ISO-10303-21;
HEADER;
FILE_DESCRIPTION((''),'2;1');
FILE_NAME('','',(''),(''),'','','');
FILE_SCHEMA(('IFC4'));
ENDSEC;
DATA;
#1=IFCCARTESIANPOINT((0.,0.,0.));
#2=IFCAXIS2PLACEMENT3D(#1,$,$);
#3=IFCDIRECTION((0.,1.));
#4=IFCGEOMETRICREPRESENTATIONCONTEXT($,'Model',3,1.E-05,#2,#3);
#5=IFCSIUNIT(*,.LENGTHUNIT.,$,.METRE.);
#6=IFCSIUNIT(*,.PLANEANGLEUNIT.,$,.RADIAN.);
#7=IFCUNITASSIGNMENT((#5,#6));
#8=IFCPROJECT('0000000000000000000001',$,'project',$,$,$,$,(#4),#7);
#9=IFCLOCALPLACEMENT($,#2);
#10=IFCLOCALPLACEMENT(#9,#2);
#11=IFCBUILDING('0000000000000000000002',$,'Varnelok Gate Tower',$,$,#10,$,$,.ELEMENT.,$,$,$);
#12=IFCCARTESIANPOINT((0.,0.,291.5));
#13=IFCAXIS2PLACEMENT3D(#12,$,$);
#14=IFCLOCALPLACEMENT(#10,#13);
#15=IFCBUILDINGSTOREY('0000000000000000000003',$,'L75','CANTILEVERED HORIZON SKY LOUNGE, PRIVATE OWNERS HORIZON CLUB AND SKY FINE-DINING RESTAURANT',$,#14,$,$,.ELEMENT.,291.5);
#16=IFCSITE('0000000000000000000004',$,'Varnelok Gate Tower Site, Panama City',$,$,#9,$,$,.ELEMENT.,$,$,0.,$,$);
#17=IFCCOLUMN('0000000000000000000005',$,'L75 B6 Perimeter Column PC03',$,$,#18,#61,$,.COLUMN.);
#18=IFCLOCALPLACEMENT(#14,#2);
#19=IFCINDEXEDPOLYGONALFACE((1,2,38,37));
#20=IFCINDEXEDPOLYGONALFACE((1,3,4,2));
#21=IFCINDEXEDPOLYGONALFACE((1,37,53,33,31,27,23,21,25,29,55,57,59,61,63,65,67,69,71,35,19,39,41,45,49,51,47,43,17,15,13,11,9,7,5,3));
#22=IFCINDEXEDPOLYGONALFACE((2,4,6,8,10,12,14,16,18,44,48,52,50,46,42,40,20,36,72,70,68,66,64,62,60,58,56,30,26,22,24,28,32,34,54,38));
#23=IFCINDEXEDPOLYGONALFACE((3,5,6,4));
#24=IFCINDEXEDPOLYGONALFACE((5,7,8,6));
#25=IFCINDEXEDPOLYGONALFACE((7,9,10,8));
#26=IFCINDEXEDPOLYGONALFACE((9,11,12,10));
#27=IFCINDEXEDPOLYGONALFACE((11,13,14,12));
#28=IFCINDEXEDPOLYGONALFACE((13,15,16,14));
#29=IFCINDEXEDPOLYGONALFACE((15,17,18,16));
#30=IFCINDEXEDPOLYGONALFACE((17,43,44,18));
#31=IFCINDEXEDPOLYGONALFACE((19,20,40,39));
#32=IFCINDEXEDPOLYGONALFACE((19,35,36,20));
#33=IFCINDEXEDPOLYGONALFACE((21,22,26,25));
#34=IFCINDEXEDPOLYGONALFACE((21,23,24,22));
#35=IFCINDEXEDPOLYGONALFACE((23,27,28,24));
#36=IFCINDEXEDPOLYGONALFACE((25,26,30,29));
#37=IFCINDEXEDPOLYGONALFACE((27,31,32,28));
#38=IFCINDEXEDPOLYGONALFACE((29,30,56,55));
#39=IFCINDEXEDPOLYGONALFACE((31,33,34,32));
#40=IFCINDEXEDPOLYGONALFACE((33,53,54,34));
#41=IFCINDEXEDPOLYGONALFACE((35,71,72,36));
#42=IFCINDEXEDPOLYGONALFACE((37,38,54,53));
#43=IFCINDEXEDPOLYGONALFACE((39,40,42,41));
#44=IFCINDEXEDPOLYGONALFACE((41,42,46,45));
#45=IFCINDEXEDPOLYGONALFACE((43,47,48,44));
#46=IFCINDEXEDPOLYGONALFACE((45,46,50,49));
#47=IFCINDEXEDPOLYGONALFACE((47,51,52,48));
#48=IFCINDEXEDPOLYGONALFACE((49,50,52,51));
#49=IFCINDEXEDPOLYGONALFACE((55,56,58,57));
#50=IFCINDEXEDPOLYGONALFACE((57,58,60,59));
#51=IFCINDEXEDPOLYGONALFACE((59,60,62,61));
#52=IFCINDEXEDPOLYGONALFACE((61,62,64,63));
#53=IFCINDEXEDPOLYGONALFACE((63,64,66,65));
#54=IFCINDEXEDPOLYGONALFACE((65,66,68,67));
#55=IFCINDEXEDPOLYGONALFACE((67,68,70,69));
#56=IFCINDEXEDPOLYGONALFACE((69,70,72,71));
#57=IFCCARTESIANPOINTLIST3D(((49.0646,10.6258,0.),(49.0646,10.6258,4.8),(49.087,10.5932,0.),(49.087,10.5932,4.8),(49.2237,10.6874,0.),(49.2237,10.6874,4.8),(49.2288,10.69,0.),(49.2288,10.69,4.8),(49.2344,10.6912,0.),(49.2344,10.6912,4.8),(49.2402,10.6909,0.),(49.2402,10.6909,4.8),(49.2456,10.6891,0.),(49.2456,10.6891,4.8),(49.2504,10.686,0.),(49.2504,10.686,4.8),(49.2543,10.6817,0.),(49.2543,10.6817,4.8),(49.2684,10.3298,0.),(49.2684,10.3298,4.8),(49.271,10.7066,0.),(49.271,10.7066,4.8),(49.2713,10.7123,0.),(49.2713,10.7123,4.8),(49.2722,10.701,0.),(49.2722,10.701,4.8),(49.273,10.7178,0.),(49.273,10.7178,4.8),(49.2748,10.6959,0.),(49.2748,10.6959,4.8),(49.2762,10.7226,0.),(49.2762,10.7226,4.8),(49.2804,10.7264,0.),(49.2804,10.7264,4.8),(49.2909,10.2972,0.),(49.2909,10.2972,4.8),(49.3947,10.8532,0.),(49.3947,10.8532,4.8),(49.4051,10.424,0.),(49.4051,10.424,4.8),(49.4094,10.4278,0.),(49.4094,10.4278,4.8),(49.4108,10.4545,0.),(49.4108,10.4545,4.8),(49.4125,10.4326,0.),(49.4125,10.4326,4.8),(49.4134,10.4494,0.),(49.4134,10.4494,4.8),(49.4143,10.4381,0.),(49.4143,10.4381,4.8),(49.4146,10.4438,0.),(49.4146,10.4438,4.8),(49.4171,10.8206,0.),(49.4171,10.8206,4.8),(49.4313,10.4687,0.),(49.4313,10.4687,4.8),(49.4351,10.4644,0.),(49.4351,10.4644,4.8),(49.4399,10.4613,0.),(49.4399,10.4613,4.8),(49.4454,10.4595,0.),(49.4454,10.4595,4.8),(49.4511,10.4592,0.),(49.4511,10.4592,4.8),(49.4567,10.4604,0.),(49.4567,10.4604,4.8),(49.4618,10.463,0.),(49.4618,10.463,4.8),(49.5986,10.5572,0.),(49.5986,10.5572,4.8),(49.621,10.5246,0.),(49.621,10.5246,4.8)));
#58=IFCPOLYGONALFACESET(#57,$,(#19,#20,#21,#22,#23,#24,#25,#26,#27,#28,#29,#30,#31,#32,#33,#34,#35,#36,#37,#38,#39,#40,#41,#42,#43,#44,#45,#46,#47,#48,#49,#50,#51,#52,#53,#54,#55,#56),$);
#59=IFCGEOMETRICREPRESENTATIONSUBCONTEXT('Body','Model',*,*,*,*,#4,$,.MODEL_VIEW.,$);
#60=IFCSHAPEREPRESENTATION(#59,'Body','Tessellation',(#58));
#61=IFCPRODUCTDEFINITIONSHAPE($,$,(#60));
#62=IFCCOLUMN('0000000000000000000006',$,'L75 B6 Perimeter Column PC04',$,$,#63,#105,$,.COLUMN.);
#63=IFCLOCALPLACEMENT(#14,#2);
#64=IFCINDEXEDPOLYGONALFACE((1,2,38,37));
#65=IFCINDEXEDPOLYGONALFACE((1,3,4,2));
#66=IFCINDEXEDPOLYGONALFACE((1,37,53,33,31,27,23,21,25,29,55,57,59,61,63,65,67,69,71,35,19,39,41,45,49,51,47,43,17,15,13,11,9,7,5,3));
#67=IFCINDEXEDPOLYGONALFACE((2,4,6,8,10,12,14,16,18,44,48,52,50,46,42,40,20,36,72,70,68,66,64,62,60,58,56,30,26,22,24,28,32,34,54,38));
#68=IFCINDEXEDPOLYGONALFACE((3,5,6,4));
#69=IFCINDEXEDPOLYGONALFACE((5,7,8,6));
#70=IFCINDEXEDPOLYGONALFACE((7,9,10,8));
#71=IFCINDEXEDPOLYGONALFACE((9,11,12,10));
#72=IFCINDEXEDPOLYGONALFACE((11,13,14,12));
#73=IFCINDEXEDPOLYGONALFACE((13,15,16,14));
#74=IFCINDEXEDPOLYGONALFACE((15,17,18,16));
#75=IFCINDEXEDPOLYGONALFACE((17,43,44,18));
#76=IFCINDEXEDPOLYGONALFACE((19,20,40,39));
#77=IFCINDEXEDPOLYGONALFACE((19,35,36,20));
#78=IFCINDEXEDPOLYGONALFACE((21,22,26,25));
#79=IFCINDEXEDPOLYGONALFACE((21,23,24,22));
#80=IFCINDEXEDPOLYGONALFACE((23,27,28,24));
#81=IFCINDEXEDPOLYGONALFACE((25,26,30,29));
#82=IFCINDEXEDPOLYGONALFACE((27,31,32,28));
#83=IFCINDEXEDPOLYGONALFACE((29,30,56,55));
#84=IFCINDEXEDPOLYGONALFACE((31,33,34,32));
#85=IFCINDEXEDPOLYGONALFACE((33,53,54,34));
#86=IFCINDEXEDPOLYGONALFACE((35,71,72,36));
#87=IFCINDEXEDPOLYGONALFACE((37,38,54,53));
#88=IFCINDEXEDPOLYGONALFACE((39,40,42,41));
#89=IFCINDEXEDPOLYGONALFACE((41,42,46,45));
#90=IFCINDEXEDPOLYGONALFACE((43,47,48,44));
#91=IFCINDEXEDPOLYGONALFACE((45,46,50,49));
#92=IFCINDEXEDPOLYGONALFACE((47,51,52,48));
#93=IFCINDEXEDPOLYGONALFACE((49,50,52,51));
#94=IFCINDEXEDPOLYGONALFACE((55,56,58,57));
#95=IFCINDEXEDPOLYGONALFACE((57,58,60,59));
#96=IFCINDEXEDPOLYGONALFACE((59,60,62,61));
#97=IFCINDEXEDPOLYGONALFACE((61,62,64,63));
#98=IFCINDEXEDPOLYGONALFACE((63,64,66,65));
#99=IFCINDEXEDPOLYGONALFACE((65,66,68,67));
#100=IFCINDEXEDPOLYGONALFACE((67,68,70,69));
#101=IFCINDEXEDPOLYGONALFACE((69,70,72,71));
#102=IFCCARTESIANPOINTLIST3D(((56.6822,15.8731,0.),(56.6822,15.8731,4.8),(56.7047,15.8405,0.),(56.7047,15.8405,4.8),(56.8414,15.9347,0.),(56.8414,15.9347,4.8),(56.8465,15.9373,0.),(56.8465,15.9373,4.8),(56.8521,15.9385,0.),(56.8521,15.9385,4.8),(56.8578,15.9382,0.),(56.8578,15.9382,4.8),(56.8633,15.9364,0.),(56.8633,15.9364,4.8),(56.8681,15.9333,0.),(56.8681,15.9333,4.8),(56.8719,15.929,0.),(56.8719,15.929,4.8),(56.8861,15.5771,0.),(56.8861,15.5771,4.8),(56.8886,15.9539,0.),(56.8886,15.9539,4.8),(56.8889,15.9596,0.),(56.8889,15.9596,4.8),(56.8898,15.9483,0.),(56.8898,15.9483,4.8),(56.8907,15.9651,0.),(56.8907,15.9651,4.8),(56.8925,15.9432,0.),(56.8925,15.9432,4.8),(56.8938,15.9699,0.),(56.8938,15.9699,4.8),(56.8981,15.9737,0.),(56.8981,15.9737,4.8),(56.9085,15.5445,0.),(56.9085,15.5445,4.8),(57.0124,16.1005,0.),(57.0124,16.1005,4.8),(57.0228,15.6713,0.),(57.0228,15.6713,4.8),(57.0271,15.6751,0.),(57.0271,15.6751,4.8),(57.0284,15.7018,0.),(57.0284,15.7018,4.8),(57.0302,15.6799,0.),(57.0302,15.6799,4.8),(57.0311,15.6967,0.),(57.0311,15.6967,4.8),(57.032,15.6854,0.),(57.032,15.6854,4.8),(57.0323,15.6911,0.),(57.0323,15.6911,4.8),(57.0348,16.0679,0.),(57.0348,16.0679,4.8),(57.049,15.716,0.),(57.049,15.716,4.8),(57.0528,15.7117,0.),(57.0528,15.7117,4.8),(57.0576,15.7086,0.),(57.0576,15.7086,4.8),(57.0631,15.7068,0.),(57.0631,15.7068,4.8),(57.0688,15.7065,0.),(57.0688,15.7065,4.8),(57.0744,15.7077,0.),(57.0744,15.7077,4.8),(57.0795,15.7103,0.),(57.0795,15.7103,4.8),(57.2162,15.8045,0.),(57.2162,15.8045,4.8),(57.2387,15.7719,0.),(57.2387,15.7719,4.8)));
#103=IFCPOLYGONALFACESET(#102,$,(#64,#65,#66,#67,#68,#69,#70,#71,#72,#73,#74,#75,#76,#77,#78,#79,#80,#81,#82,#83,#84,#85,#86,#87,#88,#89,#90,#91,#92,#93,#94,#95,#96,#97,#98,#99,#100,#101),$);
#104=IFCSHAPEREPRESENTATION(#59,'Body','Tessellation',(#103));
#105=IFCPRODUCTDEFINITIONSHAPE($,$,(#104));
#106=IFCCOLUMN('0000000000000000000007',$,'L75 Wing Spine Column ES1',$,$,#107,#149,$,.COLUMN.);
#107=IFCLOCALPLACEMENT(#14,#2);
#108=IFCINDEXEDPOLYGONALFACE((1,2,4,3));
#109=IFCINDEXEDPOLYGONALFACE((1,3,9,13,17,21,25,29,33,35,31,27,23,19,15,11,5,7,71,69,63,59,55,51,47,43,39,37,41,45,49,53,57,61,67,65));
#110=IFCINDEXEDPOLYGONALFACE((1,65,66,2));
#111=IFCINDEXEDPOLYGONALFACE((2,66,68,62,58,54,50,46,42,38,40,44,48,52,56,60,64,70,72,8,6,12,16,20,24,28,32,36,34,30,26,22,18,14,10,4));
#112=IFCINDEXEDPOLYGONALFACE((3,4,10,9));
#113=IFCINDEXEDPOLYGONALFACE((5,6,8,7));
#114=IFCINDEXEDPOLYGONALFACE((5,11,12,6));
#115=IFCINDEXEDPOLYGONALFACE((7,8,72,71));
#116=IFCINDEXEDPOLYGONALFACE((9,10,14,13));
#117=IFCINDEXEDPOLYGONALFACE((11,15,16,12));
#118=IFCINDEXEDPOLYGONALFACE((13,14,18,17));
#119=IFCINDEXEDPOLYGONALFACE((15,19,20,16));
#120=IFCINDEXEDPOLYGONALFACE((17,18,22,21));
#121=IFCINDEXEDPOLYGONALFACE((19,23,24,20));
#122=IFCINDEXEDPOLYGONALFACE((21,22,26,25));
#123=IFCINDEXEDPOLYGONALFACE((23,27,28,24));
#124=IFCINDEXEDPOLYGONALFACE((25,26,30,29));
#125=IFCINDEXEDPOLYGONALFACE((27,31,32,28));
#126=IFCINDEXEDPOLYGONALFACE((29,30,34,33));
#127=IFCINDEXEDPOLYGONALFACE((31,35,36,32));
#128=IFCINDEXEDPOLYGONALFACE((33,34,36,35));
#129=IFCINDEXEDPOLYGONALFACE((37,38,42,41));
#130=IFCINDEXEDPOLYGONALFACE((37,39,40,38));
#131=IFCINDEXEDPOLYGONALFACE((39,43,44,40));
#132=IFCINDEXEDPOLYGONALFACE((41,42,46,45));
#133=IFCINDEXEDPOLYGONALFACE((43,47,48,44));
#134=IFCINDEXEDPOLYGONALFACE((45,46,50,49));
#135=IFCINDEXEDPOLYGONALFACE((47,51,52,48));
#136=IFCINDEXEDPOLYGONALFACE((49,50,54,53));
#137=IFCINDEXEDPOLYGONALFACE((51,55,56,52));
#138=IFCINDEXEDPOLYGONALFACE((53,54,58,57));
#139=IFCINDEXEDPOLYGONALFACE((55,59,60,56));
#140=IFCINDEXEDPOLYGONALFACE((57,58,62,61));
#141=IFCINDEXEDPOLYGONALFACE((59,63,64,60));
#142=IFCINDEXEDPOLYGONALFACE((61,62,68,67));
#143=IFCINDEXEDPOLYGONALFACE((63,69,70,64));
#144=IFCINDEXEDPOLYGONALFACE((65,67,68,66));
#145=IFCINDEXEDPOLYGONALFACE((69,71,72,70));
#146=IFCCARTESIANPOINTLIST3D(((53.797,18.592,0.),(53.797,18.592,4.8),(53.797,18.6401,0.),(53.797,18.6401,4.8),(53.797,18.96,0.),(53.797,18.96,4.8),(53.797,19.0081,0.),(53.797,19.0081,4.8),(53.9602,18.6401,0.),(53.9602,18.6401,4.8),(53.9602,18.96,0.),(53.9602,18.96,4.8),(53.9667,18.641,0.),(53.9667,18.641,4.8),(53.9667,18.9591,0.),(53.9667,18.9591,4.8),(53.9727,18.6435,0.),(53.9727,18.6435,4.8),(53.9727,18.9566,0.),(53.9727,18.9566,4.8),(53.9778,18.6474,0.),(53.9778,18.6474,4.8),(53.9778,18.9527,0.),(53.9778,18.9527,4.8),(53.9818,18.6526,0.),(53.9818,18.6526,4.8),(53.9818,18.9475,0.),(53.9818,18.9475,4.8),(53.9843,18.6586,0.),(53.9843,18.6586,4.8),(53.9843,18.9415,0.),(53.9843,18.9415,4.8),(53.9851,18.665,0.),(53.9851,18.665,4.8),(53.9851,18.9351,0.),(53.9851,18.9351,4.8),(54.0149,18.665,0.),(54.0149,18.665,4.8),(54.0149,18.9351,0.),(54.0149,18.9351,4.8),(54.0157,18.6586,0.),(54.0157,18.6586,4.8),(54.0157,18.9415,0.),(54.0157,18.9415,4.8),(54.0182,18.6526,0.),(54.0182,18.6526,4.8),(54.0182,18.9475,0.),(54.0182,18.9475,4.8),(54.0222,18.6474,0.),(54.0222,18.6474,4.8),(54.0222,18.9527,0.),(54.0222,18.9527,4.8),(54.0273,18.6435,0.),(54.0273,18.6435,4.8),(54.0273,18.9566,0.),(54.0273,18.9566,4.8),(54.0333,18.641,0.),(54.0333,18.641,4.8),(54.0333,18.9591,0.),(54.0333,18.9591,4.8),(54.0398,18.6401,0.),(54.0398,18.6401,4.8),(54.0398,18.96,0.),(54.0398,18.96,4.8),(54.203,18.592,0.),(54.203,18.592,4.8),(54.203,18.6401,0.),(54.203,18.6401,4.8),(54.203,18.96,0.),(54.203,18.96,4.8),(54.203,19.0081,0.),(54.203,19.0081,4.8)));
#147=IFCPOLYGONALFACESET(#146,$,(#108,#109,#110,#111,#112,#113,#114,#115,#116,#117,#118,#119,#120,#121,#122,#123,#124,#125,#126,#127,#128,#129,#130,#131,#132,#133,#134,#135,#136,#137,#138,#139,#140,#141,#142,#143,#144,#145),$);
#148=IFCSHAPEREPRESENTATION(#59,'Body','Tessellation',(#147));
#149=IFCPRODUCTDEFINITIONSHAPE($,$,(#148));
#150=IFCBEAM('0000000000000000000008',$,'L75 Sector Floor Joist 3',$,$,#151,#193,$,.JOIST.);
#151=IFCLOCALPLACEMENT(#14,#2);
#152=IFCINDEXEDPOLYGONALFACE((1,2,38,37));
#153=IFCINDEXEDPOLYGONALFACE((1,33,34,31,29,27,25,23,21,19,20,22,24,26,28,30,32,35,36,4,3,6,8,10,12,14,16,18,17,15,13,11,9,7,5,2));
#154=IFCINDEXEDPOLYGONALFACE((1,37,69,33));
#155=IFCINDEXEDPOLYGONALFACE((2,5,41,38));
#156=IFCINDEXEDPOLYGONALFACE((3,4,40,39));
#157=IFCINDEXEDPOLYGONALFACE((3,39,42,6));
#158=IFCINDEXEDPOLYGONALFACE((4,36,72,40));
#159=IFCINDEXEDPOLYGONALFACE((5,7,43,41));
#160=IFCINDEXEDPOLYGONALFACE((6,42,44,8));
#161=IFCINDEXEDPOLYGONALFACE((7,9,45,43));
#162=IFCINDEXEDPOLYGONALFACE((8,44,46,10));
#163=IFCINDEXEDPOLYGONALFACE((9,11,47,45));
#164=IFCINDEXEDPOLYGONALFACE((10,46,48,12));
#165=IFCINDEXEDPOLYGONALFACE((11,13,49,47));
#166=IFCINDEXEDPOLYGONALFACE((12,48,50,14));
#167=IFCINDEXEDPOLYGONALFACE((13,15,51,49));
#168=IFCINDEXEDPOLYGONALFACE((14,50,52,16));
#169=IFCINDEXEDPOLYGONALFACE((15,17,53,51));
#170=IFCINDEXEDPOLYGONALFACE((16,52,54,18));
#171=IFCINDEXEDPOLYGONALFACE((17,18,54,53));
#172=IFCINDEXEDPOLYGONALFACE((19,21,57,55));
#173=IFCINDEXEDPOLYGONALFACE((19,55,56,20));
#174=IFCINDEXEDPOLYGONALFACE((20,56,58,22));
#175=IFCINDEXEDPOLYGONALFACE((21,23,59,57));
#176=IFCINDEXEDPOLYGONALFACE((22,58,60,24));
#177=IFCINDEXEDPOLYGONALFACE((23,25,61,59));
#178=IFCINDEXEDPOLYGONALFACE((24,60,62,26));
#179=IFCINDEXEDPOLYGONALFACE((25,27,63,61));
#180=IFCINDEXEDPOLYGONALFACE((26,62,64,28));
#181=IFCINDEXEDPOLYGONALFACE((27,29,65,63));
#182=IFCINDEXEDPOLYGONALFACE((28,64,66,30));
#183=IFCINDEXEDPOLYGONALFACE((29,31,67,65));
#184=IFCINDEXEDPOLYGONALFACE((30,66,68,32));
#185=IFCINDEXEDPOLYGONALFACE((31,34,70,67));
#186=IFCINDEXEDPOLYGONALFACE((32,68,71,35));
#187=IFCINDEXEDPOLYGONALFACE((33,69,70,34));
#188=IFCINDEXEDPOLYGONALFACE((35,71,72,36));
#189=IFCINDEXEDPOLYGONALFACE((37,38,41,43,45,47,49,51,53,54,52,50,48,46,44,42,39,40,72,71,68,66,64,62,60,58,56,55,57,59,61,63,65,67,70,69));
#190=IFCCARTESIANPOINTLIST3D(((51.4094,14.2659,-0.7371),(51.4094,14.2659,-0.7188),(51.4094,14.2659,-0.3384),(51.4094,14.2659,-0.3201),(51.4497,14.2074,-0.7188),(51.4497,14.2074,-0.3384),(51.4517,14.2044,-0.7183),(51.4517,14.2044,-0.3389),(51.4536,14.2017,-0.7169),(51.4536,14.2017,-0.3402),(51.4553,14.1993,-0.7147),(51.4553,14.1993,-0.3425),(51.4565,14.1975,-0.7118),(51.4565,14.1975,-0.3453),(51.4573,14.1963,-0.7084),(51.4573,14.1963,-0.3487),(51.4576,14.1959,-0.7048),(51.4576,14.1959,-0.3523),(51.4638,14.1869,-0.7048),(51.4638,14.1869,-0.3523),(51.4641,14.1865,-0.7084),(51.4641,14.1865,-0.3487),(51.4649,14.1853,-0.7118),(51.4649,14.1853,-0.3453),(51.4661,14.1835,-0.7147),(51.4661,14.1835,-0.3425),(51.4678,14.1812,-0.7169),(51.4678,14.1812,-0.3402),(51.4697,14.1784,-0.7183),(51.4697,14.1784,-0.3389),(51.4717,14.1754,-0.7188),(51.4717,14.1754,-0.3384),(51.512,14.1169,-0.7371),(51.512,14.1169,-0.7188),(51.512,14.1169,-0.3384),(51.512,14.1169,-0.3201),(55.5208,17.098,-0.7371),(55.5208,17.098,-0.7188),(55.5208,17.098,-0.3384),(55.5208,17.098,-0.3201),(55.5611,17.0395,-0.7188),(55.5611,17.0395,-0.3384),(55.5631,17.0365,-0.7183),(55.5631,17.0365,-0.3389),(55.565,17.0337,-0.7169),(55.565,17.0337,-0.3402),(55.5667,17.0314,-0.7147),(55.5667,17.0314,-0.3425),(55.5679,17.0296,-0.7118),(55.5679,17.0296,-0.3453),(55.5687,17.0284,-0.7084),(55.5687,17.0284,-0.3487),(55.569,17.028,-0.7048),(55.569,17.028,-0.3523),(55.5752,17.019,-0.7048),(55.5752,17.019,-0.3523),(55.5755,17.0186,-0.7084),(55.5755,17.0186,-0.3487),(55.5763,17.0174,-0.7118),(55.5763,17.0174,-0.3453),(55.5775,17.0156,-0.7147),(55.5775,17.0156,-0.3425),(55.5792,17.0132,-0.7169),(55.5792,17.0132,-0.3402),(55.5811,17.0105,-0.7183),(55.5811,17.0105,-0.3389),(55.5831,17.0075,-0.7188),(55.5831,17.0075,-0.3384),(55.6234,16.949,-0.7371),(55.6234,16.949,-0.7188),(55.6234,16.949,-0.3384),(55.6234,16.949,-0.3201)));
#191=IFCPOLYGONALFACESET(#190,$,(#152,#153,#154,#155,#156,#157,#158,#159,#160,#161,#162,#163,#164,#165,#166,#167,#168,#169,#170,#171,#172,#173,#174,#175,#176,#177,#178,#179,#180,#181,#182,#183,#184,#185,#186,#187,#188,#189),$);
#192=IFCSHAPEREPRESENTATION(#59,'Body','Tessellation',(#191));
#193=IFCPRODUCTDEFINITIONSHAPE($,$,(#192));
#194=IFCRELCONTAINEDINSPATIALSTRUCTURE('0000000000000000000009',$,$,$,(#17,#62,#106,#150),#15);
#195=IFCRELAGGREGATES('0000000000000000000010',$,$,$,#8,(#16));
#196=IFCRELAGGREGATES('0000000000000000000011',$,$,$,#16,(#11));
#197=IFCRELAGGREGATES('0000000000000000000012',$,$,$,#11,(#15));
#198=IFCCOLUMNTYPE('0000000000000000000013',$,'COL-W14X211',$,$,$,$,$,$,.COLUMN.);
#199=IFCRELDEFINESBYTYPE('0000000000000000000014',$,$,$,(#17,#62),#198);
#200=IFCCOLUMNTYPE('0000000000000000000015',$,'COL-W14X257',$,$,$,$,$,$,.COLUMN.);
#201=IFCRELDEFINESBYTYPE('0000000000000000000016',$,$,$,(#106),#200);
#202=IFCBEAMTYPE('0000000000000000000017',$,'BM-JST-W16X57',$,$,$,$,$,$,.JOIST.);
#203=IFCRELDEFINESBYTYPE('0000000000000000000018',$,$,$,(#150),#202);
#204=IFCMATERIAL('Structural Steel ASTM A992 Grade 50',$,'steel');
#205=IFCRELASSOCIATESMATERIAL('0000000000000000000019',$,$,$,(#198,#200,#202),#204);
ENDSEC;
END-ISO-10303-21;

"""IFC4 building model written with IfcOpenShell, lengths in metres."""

from ifc_helpers import new_model, si_unit, direction, frame, origin, origin_2d, place, context, subcontext, project, spatial, i_section, extrude, material, material_profile, profile_set, type_object, element, save


model = new_model("IFC4")

# Units and contexts
model_context = context("Model", 3, precision=1e-05, world=origin(), true_north=direction((0.0, 1.0)))
body_context = subcontext(model_context, "Body", "Model", "MODEL_VIEW")
ifc_project = project(units=[si_unit("LENGTHUNIT", "METRE"), si_unit("PLANEANGLEUNIT", "RADIAN")], contexts=[model_context])

# Site, building, storey
site_placement = place(None, origin())
site = spatial("IfcSite", under=ifc_project, at=site_placement, Name="Varnelok Gate Tower Site, Panama City", CompositionType="ELEMENT", RefElevation=0.0)
building_placement = place(site_placement, origin())
building = spatial("IfcBuilding", under=site, at=building_placement, Name="Varnelok Gate Tower", CompositionType="ELEMENT")
storey_placement = place(building_placement, frame((0.0, 0.0, 291.5)))
storey = spatial("IfcBuildingStorey", under=building, at=storey_placement, Name="L75", Description="CANTILEVERED HORIZON SKY LOUNGE, PRIVATE OWNERS HORIZON CLUB AND SKY FINE-DINING RESTAURANT", CompositionType="ELEMENT", Elevation=291.5)

# Columns
ifc_material_1 = material(Name="Structural Steel ASTM A992 Grade 50", Category="steel")
ifc_material_profile_1 = material_profile(ifc_material_1, i_section(OverallWidth=0.4009, OverallDepth=0.3989, WebThickness=0.0249, FlangeThickness=0.0396, FilletRadius=0.022, at=origin_2d()), Name="W14X211")
ifc_profile_set_1 = profile_set([ifc_material_profile_1], Name="Structural Steel ASTM A992 Grade 50")
column_type_1 = type_object("IfcColumnType", Name="COL-W14X211", PredefinedType="COLUMN", material=ifc_profile_set_1)
for number, where, z_axis, x_axis, name in (
    (1, (49.3428, 10.5752, 0.0), (0.0, 0.0, 1.0), (0.823533, 0.567269, 0.0), "L75 B6 Perimeter Column PC03"),
    (2, (56.9604, 15.8225, 0.0), (0.0, 0.0, 1.0), (0.823533, 0.567269, 0.0), "L75 B6 Perimeter Column PC04"),
):
    element("IfcColumn", number, at=place(storey_placement, frame(where, z_axis=z_axis, x_axis=x_axis)), inside=storey, type_object=column_type_1, Name=name, PredefinedType="COLUMN", context=body_context, shape_type="SweptSolid", body=[
        extrude(i_section(OverallWidth=0.4009, OverallDepth=0.3989, WebThickness=0.0249, FlangeThickness=0.0396, FilletRadius=0.022, at=origin_2d()), origin(), (0.0, 0.0, 1.0), 4.8),
    ])
ifc_material_profile_2 = material_profile(ifc_material_1, i_section(OverallWidth=0.406, OverallDepth=0.416, WebThickness=0.0298, FlangeThickness=0.0481, FilletRadius=0.0249, at=origin_2d()), Name="W14X257")
ifc_profile_set_2 = profile_set([ifc_material_profile_2], Name="Structural Steel ASTM A992 Grade 50")
column_type_2 = type_object("IfcColumnType", Name="COL-W14X257", PredefinedType="COLUMN", material=ifc_profile_set_2)
column_placement = place(storey_placement, frame((54.0, 18.8, 0.0), z_axis=(0.0, 0.0, 1.0), x_axis=(1.0, 0.0, 0.0)))
element("IfcColumn", 3, at=column_placement, inside=storey, type_object=column_type_2, Name="L75 Wing Spine Column ES1", PredefinedType="COLUMN", context=body_context, shape_type="SweptSolid", body=[
    extrude(i_section(OverallWidth=0.406, OverallDepth=0.416, WebThickness=0.0298, FlangeThickness=0.0481, FilletRadius=0.0249, at=origin_2d()), origin(), (0.0, 0.0, 1.0), 4.8),
])

# Beam
ifc_material_profile_3 = material_profile(ifc_material_1, i_section(OverallWidth=0.1809, OverallDepth=0.417, WebThickness=0.011, FlangeThickness=0.0183, FilletRadius=0.0139, at=origin_2d()), Name="W16X57")
ifc_profile_set_3 = profile_set([ifc_material_profile_3], Name="Structural Steel ASTM A992 Grade 50")
beam_type_1 = type_object("IfcBeamType", Name="BM-JST-W16X57", PredefinedType="JOIST", material=ifc_profile_set_3)
beam_1_placement = place(storey_placement, frame((51.4607, 14.1914, -0.5286), z_axis=(0.823528, 0.567276, 0.0), x_axis=(-0.567276, 0.823528, 0.0)))
element("IfcBeam", 4, at=beam_1_placement, inside=storey, type_object=beam_type_1, Name="L75 Sector Floor Joist 3", PredefinedType="JOIST", context=body_context, shape_type="SweptSolid", body=[
    extrude(i_section(OverallWidth=0.1809, OverallDepth=0.417, WebThickness=0.011, FlangeThickness=0.0183, FilletRadius=0.0139, at=origin_2d()), origin(), (0.0, 0.0, 1.0), 4.9924),
])

save(model, "model.ifc")
